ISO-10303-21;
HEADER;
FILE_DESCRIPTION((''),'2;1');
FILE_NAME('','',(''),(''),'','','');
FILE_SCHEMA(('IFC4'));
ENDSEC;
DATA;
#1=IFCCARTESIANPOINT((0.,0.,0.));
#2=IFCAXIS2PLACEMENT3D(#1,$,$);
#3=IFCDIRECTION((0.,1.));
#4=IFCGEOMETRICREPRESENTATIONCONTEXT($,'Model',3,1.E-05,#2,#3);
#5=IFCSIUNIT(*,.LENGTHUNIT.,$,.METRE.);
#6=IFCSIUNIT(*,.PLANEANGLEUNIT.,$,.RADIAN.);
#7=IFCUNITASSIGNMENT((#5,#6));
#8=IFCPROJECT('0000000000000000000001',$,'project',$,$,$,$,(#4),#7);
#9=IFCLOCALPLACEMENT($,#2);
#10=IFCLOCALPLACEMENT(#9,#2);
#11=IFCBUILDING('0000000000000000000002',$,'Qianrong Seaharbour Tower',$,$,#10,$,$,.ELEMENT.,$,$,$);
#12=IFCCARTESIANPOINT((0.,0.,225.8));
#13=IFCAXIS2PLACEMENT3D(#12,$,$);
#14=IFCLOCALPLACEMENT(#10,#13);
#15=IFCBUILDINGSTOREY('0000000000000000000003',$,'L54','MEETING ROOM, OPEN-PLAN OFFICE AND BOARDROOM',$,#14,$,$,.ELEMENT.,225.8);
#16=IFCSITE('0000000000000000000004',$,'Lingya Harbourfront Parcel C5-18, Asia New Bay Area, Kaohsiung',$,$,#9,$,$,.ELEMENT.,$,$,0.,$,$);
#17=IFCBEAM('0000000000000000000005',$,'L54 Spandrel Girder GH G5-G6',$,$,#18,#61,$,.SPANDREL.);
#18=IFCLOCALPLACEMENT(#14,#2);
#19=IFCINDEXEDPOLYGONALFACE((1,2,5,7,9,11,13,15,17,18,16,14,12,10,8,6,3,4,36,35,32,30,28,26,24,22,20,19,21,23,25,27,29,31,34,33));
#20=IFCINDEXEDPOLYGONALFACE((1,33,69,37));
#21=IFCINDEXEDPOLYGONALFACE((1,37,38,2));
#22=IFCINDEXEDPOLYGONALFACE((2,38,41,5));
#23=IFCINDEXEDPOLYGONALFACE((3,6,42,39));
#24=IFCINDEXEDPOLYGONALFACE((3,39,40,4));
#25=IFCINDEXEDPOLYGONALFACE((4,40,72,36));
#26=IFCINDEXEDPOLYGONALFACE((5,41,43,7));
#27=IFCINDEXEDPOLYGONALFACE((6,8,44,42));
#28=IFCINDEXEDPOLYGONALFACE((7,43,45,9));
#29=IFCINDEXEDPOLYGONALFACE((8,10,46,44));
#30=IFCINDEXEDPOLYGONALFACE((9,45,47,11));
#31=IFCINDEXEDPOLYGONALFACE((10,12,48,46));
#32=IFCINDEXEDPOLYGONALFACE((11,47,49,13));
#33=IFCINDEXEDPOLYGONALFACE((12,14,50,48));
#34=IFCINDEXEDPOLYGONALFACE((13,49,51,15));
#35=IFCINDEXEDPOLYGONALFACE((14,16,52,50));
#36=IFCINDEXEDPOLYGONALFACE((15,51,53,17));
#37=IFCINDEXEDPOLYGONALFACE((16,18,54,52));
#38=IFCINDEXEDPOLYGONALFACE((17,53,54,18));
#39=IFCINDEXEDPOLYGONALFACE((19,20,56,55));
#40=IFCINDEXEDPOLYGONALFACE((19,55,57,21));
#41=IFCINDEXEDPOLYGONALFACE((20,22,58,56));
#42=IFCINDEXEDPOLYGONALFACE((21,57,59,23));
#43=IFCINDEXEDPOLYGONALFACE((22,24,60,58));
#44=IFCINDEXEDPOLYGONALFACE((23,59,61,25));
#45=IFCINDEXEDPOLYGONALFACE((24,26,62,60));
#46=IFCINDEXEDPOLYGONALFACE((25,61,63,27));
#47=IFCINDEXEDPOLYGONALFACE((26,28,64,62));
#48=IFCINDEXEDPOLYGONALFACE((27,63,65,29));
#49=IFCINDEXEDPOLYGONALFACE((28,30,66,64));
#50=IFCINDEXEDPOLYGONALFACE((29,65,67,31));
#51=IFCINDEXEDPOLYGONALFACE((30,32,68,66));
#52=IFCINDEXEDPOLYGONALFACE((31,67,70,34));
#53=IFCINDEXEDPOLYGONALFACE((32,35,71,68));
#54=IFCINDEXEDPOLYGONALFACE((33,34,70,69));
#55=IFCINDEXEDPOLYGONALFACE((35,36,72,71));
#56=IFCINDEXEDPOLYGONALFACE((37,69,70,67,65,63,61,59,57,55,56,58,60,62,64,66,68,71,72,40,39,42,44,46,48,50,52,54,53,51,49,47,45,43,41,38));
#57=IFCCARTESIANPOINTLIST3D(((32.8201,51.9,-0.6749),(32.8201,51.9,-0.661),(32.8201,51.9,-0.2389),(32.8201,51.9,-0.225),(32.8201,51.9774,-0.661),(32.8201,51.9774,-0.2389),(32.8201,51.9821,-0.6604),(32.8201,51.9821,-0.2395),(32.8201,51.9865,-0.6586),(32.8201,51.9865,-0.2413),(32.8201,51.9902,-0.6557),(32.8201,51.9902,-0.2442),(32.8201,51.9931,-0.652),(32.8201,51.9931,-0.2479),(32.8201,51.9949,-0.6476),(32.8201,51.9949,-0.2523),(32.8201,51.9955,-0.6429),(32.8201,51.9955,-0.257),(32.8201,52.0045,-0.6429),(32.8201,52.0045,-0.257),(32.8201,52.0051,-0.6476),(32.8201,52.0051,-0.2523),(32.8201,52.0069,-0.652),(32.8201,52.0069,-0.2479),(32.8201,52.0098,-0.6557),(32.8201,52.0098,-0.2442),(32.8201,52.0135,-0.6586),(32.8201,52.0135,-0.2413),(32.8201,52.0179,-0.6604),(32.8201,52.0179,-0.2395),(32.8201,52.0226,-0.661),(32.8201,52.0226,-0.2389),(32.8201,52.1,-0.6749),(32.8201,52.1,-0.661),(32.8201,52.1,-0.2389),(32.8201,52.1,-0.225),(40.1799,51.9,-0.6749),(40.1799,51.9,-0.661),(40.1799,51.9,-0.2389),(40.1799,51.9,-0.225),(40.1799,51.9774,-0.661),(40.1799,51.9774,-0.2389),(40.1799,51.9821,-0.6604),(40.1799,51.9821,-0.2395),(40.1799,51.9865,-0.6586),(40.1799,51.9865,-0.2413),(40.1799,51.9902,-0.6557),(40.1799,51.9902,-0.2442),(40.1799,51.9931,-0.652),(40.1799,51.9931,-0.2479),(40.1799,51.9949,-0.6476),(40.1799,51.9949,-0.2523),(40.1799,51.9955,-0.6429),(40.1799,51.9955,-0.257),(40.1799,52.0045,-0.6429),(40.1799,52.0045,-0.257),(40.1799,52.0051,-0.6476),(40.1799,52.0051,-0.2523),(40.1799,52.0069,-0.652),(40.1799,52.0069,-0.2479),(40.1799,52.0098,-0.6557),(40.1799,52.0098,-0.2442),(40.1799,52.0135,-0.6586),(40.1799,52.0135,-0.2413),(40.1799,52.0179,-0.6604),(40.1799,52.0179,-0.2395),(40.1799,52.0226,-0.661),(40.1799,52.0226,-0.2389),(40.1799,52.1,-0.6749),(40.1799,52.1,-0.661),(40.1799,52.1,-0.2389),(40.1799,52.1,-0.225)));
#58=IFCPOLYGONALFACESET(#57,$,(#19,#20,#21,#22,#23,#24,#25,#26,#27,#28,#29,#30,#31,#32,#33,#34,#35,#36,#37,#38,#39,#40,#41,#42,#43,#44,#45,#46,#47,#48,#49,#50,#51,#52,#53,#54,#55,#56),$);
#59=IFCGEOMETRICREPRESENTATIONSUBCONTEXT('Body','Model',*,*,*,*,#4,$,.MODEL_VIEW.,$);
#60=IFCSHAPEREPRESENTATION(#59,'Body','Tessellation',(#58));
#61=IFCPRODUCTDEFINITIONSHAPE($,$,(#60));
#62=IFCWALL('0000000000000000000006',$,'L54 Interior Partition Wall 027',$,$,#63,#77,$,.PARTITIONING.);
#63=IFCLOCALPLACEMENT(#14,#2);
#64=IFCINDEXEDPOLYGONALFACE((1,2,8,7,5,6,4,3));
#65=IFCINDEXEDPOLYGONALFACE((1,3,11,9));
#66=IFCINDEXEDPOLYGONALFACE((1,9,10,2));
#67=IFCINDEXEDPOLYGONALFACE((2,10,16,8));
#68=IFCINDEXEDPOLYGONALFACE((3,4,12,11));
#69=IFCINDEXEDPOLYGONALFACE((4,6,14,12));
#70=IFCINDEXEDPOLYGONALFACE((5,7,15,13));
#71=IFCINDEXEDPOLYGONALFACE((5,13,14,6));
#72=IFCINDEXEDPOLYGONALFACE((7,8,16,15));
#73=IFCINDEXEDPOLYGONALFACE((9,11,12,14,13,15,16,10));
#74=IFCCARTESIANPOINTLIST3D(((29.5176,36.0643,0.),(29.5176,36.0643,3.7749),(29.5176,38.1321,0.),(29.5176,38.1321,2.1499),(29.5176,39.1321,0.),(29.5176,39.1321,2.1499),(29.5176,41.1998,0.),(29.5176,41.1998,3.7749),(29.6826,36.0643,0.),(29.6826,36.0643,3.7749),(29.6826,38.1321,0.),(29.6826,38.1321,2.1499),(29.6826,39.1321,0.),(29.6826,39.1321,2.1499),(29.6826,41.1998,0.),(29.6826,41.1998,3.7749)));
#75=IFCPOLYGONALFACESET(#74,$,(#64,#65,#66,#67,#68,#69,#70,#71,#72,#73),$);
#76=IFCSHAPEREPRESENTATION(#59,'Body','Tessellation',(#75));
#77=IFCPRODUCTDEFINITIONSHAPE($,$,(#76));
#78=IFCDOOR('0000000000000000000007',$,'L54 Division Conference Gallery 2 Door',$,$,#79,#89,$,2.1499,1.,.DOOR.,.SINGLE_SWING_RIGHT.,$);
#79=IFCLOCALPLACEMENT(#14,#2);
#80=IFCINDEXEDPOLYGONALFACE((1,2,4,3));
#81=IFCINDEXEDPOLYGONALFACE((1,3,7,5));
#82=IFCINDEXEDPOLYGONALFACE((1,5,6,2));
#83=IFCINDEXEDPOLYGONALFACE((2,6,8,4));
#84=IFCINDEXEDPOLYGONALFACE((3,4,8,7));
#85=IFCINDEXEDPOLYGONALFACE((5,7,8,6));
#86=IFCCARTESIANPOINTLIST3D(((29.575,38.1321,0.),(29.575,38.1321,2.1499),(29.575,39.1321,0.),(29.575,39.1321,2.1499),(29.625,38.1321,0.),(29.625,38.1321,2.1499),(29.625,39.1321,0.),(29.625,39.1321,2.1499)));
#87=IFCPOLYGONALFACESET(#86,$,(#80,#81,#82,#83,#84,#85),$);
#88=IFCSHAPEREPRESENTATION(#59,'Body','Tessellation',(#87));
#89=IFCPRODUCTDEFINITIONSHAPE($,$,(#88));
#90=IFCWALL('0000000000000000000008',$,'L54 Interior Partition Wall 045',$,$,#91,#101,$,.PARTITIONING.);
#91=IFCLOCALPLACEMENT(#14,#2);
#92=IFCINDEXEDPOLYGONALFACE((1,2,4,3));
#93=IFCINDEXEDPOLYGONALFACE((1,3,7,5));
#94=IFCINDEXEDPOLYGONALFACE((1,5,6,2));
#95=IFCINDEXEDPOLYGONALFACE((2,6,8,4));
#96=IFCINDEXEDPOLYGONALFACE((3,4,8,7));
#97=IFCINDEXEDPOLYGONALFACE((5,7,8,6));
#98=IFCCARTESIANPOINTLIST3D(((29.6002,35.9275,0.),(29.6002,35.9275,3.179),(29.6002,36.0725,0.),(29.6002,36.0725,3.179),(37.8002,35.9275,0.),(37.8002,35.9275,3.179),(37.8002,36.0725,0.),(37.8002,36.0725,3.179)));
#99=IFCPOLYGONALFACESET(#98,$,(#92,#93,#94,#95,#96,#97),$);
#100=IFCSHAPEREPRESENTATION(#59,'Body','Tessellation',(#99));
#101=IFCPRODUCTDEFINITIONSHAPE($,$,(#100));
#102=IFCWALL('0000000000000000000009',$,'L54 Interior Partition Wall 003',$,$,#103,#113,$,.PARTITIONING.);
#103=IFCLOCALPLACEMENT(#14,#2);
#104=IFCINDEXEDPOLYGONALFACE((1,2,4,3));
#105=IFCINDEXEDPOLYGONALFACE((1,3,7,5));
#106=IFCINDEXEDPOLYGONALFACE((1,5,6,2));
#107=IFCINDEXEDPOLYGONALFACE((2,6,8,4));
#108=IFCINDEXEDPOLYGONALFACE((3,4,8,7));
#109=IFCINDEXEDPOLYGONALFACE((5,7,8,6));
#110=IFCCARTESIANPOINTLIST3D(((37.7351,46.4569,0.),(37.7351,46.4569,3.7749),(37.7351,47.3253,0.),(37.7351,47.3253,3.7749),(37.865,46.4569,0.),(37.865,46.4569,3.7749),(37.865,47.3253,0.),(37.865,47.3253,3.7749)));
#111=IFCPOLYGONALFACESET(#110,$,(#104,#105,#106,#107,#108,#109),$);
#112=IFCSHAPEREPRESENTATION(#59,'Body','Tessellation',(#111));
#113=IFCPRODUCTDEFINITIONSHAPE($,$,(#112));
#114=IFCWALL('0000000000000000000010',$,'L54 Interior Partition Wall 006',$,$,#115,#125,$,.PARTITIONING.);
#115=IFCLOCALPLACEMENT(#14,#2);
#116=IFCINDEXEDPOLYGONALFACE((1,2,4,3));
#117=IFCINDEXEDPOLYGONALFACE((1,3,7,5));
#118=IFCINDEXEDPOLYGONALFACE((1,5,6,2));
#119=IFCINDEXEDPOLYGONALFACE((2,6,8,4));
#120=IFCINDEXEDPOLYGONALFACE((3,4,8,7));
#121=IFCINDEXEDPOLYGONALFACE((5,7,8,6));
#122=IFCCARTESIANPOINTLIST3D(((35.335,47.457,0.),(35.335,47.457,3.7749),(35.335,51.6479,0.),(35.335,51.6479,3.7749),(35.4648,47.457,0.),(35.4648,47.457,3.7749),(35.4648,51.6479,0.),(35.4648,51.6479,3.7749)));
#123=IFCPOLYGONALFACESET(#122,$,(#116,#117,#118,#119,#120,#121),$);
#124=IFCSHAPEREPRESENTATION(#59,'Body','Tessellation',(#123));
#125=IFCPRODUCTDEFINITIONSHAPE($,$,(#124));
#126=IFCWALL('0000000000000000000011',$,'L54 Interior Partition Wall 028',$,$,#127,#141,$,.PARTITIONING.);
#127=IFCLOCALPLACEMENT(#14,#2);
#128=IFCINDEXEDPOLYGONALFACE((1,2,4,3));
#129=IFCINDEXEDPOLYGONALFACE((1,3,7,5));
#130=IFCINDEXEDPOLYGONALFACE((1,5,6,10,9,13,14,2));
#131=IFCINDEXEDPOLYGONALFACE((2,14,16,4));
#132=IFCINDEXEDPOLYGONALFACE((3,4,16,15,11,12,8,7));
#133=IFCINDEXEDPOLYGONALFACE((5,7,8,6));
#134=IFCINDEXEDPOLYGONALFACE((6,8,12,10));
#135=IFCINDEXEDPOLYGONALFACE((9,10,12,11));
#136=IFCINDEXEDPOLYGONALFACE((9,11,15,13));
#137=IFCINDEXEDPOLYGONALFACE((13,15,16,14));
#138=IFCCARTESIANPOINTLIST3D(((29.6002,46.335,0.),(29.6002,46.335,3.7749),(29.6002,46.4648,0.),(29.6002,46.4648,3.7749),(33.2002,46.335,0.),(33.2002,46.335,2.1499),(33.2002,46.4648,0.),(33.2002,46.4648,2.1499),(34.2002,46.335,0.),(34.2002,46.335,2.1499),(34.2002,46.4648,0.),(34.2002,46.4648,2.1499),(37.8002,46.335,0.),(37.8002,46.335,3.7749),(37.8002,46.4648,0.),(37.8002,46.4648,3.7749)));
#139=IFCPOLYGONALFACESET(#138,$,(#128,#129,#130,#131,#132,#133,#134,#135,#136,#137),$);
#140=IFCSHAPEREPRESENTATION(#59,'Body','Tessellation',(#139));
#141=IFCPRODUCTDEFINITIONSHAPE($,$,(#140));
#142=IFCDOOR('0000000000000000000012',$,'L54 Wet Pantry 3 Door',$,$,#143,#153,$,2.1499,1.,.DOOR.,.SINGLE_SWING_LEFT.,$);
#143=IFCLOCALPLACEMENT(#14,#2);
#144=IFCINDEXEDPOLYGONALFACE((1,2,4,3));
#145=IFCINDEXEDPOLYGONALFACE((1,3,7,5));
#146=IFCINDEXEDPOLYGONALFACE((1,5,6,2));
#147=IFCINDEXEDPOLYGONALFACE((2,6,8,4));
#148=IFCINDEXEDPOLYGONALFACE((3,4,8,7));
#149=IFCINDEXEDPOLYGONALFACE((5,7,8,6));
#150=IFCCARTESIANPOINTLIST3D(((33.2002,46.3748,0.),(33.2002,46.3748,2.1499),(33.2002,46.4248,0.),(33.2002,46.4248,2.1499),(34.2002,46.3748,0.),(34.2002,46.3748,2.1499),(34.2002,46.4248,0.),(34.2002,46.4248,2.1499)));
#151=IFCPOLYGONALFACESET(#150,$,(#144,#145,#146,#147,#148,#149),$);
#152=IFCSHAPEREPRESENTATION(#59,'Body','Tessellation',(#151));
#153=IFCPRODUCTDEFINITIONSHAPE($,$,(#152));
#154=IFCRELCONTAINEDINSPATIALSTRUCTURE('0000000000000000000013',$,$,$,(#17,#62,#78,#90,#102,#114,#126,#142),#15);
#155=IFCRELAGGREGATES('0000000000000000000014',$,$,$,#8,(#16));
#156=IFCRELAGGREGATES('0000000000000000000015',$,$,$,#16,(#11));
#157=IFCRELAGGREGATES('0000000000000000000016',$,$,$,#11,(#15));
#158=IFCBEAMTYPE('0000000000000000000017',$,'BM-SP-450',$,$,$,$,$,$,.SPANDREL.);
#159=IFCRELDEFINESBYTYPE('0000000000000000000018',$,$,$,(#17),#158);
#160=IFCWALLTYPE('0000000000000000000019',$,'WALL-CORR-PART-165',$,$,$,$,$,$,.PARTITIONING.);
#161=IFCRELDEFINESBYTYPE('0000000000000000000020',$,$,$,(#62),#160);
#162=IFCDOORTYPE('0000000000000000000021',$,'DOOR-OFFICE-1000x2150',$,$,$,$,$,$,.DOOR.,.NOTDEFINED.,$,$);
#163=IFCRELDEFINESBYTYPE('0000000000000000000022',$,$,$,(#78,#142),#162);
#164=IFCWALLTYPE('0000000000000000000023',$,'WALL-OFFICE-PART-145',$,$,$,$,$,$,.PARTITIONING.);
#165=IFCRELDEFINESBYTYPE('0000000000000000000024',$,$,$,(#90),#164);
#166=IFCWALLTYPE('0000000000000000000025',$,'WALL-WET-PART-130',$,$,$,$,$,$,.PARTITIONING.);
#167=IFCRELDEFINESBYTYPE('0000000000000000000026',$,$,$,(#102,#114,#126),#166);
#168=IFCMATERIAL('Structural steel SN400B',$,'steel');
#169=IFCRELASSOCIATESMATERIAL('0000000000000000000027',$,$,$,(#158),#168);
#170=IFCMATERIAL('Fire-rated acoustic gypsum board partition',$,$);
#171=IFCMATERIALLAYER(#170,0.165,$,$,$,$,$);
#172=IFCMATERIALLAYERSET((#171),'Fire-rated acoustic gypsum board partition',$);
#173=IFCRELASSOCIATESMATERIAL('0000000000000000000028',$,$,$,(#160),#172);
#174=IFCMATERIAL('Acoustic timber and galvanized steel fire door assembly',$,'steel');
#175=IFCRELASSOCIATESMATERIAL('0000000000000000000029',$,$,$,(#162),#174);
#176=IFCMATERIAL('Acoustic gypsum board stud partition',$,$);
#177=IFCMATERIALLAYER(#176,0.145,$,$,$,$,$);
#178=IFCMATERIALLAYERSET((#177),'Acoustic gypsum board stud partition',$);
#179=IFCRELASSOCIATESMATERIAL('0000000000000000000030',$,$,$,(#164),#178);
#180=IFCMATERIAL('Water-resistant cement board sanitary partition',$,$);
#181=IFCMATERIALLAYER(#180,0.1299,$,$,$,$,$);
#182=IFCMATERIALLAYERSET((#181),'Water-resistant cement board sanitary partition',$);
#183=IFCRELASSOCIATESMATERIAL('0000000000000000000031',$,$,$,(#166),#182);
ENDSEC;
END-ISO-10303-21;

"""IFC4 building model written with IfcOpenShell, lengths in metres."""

from ifc_helpers import new_model, si_unit, direction, frame, frame_2d, origin, origin_2d, place, context, subcontext, project, spatial, rectangle, i_section, extrude, material, layer, layer_set, material_profile, profile_set, type_object, element, fill, save


model = new_model("IFC4")

# Units and contexts
model_context = context("Model", 3, precision=1e-05, world=origin(), true_north=direction((0.0, 1.0)))
body_context = subcontext(model_context, "Body", "Model", "MODEL_VIEW")
ifc_project = project(units=[si_unit("LENGTHUNIT", "METRE"), si_unit("PLANEANGLEUNIT", "RADIAN")], contexts=[model_context])

# Site, building, storey
site_placement = place(None, origin())
site = spatial("IfcSite", under=ifc_project, at=site_placement, Name="Lingya Harbourfront Parcel C5-18, Asia New Bay Area, Kaohsiung", CompositionType="ELEMENT", RefElevation=0.0)
building_placement = place(site_placement, origin())
building = spatial("IfcBuilding", under=site, at=building_placement, Name="Qianrong Seaharbour Tower", CompositionType="ELEMENT")
storey_placement = place(building_placement, frame((0.0, 0.0, 225.8)))
storey = spatial("IfcBuildingStorey", under=building, at=storey_placement, Name="L54", Description="MEETING ROOM, OPEN-PLAN OFFICE AND BOARDROOM", CompositionType="ELEMENT", Elevation=225.8)

# Beam
ifc_material_1 = material(Name="Structural steel SN400B", Category="steel")
ifc_material_profile_1 = material_profile(ifc_material_1, i_section(OverallWidth=0.2, OverallDepth=0.45, WebThickness=0.009, FlangeThickness=0.0139, FilletRadius=0.0181, at=origin_2d()), Name="H450x200x9x14")
ifc_profile_set_1 = profile_set([ifc_material_profile_1], Name="Structural steel SN400B")
beam_type_1 = type_object("IfcBeamType", Name="BM-SP-450", PredefinedType="SPANDREL", material=ifc_profile_set_1)
for number, where, z_axis, x_axis, name in (
    (1, (32.8201, 52.0, -0.45), (1.0, 0.0, 0.0), (0.0, 1.0, 0.0), "L54 Spandrel Girder GH G5-G6"),
):
    element("IfcBeam", number, at=place(storey_placement, frame(where, z_axis=z_axis, x_axis=x_axis)), inside=storey, type_object=beam_type_1, Name=name, PredefinedType="SPANDREL", context=body_context, shape_type="SweptSolid", body=[
        extrude(i_section(OverallWidth=0.2, OverallDepth=0.45, WebThickness=0.009, FlangeThickness=0.0139, FilletRadius=0.0181, at=origin_2d()), origin(), (0.0, 0.0, 1.0), 7.3599),
    ])

# Wall, opening, door
ifc_material_2 = material(Name="Fire-rated acoustic gypsum board partition")
ifc_layer_1 = layer(ifc_material_2, 0.165)
ifc_layer_set_1 = layer_set([ifc_layer_1], Name="Fire-rated acoustic gypsum board partition")
wall_type_1 = type_object("IfcWallType", Name="WALL-CORR-PART-165", PredefinedType="PARTITIONING", material=ifc_layer_set_1)
ifc_material_3 = material(Name="Acoustic timber and galvanized steel fire door assembly", Category="steel")
wall_1_placement = place(storey_placement, frame((29.6001, 41.2, 0.0), z_axis=(0.0, 0.0, 1.0), x_axis=(0.0, -1.0, 0.0)))
wall_1 = element("IfcWall", 2, at=wall_1_placement, inside=storey, type_object=wall_type_1, Name="L54 Interior Partition Wall 027", PredefinedType="PARTITIONING", context=body_context, shape_type="SweptSolid", body=[
    extrude(rectangle(XDim=5.1355, YDim=0.165, at=frame_2d((2.5679, 0.0))), origin(), (0.0, 0.0, 1.0), 3.7749),
])
opening_1_placement = place(wall_1_placement, frame((2.0679, 0.0, 0.0)))
opening_1 = element("IfcOpeningElement", 3, at=opening_1_placement, cuts=wall_1, PredefinedType="OPENING", context=body_context, shape_type="SweptSolid", body=[
    extrude(rectangle(XDim=1.0, YDim=2.1499, at=frame_2d((0.5, 1.075))), frame((0.0, 0.0925, 0.0), z_axis=(0.0, -1.0, 0.0), x_axis=(1.0, 0.0, 0.0)), (0.0, 0.0, 1.0), 0.1851),
])
door_type_1 = type_object("IfcDoorType", Name="DOOR-OFFICE-1000x2150", OperationType="NOTDEFINED", PredefinedType="DOOR", material=ifc_material_3)
door_1_placement = place(opening_1_placement, origin())
door_1 = element("IfcDoor", 4, at=door_1_placement, inside=storey, type_object=door_type_1, Name="L54 Division Conference Gallery 2 Door", OperationType="SINGLE_SWING_RIGHT", OverallHeight=2.1499, OverallWidth=1.0, PredefinedType="DOOR", context=body_context, shape_type="SweptSolid", body=[
    extrude(rectangle(XDim=1.0, YDim=2.1499, at=frame_2d((0.5, 1.075))), frame((0.0, 0.0249, 0.0), z_axis=(0.0, -1.0, 0.0), x_axis=(1.0, 0.0, 0.0)), (0.0, 0.0, 1.0), 0.05),
])
fill(opening_1, door_1)

# Walls
ifc_material_4 = material(Name="Acoustic gypsum board stud partition")
ifc_layer_2 = layer(ifc_material_4, 0.145)
ifc_layer_set_2 = layer_set([ifc_layer_2], Name="Acoustic gypsum board stud partition")
wall_type_2 = type_object("IfcWallType", Name="WALL-OFFICE-PART-145", PredefinedType="PARTITIONING", material=ifc_layer_set_2)
wall_2_placement = place(storey_placement, frame((29.6001, 36.0, 0.0), z_axis=(0.0, 0.0, 1.0), x_axis=(1.0, 0.0, 0.0)))
element("IfcWall", 5, at=wall_2_placement, inside=storey, type_object=wall_type_2, Name="L54 Interior Partition Wall 045", PredefinedType="PARTITIONING", context=body_context, shape_type="SweptSolid", body=[
    extrude(rectangle(XDim=8.2, YDim=0.145, at=frame_2d((4.1001, 0.0))), origin(), (0.0, 0.0, 1.0), 3.179),
])
ifc_material_5 = material(Name="Water-resistant cement board sanitary partition")
ifc_layer_3 = layer(ifc_material_5, 0.1299)
ifc_layer_set_3 = layer_set([ifc_layer_3], Name="Water-resistant cement board sanitary partition")
wall_type_3 = type_object("IfcWallType", Name="WALL-WET-PART-130", PredefinedType="PARTITIONING", material=ifc_layer_set_3)
wall_3_placement = place(storey_placement, frame((37.8, 46.457, 0.0), z_axis=(0.0, 0.0, 1.0), x_axis=(0.0, 1.0, 0.0)))
element("IfcWall", 6, at=wall_3_placement, inside=storey, type_object=wall_type_3, Name="L54 Interior Partition Wall 003", PredefinedType="PARTITIONING", context=body_context, shape_type="SweptSolid", body=[
    extrude(rectangle(XDim=0.8684, YDim=0.1299, at=frame_2d((0.4341, 0.0))), origin(), (0.0, 0.0, 1.0), 3.7749),
])
wall_4_placement = place(storey_placement, frame((35.3999, 47.457, 0.0), z_axis=(0.0, 0.0, 1.0), x_axis=(0.0, 1.0, 0.0)))
element("IfcWall", 7, at=wall_4_placement, inside=storey, type_object=wall_type_3, Name="L54 Interior Partition Wall 006", PredefinedType="PARTITIONING", context=body_context, shape_type="SweptSolid", body=[
    extrude(rectangle(XDim=4.1909, YDim=0.1299, at=frame_2d((2.0955, 0.0))), origin(), (0.0, 0.0, 1.0), 3.7749),
])

# Wall, opening, door
wall_5_placement = place(storey_placement, frame((29.6001, 46.3999, 0.0), z_axis=(0.0, 0.0, 1.0), x_axis=(1.0, 0.0, 0.0)))
wall_5 = element("IfcWall", 8, at=wall_5_placement, inside=storey, type_object=wall_type_3, Name="L54 Interior Partition Wall 028", PredefinedType="PARTITIONING", context=body_context, shape_type="SweptSolid", body=[
    extrude(rectangle(XDim=8.2, YDim=0.1299, at=frame_2d((4.1001, 0.0))), origin(), (0.0, 0.0, 1.0), 3.7749),
])
opening_2_placement = place(wall_5_placement, frame((3.6001, 0.0, 0.0)))
opening_2 = element("IfcOpeningElement", 9, at=opening_2_placement, cuts=wall_5, PredefinedType="OPENING", context=body_context, shape_type="SweptSolid", body=[
    extrude(rectangle(XDim=1.0, YDim=2.1499, at=frame_2d((0.5, 1.075))), frame((0.0, 0.075, 0.0), z_axis=(0.0, -1.0, 0.0), x_axis=(1.0, 0.0, 0.0)), (0.0, 0.0, 1.0), 0.1499),
])
door_2_placement = place(opening_2_placement, origin())
door_2 = element("IfcDoor", 10, at=door_2_placement, inside=storey, type_object=door_type_1, Name="L54 Wet Pantry 3 Door", OperationType="SINGLE_SWING_LEFT", OverallHeight=2.1499, OverallWidth=1.0, PredefinedType="DOOR", context=body_context, shape_type="SweptSolid", body=[
    extrude(rectangle(XDim=1.0, YDim=2.1499, at=frame_2d((0.5, 1.075))), frame((0.0, 0.0249, 0.0), z_axis=(0.0, -1.0, 0.0), x_axis=(1.0, 0.0, 0.0)), (0.0, 0.0, 1.0), 0.05),
])
fill(opening_2, door_2)

save(model, "model.ifc")
